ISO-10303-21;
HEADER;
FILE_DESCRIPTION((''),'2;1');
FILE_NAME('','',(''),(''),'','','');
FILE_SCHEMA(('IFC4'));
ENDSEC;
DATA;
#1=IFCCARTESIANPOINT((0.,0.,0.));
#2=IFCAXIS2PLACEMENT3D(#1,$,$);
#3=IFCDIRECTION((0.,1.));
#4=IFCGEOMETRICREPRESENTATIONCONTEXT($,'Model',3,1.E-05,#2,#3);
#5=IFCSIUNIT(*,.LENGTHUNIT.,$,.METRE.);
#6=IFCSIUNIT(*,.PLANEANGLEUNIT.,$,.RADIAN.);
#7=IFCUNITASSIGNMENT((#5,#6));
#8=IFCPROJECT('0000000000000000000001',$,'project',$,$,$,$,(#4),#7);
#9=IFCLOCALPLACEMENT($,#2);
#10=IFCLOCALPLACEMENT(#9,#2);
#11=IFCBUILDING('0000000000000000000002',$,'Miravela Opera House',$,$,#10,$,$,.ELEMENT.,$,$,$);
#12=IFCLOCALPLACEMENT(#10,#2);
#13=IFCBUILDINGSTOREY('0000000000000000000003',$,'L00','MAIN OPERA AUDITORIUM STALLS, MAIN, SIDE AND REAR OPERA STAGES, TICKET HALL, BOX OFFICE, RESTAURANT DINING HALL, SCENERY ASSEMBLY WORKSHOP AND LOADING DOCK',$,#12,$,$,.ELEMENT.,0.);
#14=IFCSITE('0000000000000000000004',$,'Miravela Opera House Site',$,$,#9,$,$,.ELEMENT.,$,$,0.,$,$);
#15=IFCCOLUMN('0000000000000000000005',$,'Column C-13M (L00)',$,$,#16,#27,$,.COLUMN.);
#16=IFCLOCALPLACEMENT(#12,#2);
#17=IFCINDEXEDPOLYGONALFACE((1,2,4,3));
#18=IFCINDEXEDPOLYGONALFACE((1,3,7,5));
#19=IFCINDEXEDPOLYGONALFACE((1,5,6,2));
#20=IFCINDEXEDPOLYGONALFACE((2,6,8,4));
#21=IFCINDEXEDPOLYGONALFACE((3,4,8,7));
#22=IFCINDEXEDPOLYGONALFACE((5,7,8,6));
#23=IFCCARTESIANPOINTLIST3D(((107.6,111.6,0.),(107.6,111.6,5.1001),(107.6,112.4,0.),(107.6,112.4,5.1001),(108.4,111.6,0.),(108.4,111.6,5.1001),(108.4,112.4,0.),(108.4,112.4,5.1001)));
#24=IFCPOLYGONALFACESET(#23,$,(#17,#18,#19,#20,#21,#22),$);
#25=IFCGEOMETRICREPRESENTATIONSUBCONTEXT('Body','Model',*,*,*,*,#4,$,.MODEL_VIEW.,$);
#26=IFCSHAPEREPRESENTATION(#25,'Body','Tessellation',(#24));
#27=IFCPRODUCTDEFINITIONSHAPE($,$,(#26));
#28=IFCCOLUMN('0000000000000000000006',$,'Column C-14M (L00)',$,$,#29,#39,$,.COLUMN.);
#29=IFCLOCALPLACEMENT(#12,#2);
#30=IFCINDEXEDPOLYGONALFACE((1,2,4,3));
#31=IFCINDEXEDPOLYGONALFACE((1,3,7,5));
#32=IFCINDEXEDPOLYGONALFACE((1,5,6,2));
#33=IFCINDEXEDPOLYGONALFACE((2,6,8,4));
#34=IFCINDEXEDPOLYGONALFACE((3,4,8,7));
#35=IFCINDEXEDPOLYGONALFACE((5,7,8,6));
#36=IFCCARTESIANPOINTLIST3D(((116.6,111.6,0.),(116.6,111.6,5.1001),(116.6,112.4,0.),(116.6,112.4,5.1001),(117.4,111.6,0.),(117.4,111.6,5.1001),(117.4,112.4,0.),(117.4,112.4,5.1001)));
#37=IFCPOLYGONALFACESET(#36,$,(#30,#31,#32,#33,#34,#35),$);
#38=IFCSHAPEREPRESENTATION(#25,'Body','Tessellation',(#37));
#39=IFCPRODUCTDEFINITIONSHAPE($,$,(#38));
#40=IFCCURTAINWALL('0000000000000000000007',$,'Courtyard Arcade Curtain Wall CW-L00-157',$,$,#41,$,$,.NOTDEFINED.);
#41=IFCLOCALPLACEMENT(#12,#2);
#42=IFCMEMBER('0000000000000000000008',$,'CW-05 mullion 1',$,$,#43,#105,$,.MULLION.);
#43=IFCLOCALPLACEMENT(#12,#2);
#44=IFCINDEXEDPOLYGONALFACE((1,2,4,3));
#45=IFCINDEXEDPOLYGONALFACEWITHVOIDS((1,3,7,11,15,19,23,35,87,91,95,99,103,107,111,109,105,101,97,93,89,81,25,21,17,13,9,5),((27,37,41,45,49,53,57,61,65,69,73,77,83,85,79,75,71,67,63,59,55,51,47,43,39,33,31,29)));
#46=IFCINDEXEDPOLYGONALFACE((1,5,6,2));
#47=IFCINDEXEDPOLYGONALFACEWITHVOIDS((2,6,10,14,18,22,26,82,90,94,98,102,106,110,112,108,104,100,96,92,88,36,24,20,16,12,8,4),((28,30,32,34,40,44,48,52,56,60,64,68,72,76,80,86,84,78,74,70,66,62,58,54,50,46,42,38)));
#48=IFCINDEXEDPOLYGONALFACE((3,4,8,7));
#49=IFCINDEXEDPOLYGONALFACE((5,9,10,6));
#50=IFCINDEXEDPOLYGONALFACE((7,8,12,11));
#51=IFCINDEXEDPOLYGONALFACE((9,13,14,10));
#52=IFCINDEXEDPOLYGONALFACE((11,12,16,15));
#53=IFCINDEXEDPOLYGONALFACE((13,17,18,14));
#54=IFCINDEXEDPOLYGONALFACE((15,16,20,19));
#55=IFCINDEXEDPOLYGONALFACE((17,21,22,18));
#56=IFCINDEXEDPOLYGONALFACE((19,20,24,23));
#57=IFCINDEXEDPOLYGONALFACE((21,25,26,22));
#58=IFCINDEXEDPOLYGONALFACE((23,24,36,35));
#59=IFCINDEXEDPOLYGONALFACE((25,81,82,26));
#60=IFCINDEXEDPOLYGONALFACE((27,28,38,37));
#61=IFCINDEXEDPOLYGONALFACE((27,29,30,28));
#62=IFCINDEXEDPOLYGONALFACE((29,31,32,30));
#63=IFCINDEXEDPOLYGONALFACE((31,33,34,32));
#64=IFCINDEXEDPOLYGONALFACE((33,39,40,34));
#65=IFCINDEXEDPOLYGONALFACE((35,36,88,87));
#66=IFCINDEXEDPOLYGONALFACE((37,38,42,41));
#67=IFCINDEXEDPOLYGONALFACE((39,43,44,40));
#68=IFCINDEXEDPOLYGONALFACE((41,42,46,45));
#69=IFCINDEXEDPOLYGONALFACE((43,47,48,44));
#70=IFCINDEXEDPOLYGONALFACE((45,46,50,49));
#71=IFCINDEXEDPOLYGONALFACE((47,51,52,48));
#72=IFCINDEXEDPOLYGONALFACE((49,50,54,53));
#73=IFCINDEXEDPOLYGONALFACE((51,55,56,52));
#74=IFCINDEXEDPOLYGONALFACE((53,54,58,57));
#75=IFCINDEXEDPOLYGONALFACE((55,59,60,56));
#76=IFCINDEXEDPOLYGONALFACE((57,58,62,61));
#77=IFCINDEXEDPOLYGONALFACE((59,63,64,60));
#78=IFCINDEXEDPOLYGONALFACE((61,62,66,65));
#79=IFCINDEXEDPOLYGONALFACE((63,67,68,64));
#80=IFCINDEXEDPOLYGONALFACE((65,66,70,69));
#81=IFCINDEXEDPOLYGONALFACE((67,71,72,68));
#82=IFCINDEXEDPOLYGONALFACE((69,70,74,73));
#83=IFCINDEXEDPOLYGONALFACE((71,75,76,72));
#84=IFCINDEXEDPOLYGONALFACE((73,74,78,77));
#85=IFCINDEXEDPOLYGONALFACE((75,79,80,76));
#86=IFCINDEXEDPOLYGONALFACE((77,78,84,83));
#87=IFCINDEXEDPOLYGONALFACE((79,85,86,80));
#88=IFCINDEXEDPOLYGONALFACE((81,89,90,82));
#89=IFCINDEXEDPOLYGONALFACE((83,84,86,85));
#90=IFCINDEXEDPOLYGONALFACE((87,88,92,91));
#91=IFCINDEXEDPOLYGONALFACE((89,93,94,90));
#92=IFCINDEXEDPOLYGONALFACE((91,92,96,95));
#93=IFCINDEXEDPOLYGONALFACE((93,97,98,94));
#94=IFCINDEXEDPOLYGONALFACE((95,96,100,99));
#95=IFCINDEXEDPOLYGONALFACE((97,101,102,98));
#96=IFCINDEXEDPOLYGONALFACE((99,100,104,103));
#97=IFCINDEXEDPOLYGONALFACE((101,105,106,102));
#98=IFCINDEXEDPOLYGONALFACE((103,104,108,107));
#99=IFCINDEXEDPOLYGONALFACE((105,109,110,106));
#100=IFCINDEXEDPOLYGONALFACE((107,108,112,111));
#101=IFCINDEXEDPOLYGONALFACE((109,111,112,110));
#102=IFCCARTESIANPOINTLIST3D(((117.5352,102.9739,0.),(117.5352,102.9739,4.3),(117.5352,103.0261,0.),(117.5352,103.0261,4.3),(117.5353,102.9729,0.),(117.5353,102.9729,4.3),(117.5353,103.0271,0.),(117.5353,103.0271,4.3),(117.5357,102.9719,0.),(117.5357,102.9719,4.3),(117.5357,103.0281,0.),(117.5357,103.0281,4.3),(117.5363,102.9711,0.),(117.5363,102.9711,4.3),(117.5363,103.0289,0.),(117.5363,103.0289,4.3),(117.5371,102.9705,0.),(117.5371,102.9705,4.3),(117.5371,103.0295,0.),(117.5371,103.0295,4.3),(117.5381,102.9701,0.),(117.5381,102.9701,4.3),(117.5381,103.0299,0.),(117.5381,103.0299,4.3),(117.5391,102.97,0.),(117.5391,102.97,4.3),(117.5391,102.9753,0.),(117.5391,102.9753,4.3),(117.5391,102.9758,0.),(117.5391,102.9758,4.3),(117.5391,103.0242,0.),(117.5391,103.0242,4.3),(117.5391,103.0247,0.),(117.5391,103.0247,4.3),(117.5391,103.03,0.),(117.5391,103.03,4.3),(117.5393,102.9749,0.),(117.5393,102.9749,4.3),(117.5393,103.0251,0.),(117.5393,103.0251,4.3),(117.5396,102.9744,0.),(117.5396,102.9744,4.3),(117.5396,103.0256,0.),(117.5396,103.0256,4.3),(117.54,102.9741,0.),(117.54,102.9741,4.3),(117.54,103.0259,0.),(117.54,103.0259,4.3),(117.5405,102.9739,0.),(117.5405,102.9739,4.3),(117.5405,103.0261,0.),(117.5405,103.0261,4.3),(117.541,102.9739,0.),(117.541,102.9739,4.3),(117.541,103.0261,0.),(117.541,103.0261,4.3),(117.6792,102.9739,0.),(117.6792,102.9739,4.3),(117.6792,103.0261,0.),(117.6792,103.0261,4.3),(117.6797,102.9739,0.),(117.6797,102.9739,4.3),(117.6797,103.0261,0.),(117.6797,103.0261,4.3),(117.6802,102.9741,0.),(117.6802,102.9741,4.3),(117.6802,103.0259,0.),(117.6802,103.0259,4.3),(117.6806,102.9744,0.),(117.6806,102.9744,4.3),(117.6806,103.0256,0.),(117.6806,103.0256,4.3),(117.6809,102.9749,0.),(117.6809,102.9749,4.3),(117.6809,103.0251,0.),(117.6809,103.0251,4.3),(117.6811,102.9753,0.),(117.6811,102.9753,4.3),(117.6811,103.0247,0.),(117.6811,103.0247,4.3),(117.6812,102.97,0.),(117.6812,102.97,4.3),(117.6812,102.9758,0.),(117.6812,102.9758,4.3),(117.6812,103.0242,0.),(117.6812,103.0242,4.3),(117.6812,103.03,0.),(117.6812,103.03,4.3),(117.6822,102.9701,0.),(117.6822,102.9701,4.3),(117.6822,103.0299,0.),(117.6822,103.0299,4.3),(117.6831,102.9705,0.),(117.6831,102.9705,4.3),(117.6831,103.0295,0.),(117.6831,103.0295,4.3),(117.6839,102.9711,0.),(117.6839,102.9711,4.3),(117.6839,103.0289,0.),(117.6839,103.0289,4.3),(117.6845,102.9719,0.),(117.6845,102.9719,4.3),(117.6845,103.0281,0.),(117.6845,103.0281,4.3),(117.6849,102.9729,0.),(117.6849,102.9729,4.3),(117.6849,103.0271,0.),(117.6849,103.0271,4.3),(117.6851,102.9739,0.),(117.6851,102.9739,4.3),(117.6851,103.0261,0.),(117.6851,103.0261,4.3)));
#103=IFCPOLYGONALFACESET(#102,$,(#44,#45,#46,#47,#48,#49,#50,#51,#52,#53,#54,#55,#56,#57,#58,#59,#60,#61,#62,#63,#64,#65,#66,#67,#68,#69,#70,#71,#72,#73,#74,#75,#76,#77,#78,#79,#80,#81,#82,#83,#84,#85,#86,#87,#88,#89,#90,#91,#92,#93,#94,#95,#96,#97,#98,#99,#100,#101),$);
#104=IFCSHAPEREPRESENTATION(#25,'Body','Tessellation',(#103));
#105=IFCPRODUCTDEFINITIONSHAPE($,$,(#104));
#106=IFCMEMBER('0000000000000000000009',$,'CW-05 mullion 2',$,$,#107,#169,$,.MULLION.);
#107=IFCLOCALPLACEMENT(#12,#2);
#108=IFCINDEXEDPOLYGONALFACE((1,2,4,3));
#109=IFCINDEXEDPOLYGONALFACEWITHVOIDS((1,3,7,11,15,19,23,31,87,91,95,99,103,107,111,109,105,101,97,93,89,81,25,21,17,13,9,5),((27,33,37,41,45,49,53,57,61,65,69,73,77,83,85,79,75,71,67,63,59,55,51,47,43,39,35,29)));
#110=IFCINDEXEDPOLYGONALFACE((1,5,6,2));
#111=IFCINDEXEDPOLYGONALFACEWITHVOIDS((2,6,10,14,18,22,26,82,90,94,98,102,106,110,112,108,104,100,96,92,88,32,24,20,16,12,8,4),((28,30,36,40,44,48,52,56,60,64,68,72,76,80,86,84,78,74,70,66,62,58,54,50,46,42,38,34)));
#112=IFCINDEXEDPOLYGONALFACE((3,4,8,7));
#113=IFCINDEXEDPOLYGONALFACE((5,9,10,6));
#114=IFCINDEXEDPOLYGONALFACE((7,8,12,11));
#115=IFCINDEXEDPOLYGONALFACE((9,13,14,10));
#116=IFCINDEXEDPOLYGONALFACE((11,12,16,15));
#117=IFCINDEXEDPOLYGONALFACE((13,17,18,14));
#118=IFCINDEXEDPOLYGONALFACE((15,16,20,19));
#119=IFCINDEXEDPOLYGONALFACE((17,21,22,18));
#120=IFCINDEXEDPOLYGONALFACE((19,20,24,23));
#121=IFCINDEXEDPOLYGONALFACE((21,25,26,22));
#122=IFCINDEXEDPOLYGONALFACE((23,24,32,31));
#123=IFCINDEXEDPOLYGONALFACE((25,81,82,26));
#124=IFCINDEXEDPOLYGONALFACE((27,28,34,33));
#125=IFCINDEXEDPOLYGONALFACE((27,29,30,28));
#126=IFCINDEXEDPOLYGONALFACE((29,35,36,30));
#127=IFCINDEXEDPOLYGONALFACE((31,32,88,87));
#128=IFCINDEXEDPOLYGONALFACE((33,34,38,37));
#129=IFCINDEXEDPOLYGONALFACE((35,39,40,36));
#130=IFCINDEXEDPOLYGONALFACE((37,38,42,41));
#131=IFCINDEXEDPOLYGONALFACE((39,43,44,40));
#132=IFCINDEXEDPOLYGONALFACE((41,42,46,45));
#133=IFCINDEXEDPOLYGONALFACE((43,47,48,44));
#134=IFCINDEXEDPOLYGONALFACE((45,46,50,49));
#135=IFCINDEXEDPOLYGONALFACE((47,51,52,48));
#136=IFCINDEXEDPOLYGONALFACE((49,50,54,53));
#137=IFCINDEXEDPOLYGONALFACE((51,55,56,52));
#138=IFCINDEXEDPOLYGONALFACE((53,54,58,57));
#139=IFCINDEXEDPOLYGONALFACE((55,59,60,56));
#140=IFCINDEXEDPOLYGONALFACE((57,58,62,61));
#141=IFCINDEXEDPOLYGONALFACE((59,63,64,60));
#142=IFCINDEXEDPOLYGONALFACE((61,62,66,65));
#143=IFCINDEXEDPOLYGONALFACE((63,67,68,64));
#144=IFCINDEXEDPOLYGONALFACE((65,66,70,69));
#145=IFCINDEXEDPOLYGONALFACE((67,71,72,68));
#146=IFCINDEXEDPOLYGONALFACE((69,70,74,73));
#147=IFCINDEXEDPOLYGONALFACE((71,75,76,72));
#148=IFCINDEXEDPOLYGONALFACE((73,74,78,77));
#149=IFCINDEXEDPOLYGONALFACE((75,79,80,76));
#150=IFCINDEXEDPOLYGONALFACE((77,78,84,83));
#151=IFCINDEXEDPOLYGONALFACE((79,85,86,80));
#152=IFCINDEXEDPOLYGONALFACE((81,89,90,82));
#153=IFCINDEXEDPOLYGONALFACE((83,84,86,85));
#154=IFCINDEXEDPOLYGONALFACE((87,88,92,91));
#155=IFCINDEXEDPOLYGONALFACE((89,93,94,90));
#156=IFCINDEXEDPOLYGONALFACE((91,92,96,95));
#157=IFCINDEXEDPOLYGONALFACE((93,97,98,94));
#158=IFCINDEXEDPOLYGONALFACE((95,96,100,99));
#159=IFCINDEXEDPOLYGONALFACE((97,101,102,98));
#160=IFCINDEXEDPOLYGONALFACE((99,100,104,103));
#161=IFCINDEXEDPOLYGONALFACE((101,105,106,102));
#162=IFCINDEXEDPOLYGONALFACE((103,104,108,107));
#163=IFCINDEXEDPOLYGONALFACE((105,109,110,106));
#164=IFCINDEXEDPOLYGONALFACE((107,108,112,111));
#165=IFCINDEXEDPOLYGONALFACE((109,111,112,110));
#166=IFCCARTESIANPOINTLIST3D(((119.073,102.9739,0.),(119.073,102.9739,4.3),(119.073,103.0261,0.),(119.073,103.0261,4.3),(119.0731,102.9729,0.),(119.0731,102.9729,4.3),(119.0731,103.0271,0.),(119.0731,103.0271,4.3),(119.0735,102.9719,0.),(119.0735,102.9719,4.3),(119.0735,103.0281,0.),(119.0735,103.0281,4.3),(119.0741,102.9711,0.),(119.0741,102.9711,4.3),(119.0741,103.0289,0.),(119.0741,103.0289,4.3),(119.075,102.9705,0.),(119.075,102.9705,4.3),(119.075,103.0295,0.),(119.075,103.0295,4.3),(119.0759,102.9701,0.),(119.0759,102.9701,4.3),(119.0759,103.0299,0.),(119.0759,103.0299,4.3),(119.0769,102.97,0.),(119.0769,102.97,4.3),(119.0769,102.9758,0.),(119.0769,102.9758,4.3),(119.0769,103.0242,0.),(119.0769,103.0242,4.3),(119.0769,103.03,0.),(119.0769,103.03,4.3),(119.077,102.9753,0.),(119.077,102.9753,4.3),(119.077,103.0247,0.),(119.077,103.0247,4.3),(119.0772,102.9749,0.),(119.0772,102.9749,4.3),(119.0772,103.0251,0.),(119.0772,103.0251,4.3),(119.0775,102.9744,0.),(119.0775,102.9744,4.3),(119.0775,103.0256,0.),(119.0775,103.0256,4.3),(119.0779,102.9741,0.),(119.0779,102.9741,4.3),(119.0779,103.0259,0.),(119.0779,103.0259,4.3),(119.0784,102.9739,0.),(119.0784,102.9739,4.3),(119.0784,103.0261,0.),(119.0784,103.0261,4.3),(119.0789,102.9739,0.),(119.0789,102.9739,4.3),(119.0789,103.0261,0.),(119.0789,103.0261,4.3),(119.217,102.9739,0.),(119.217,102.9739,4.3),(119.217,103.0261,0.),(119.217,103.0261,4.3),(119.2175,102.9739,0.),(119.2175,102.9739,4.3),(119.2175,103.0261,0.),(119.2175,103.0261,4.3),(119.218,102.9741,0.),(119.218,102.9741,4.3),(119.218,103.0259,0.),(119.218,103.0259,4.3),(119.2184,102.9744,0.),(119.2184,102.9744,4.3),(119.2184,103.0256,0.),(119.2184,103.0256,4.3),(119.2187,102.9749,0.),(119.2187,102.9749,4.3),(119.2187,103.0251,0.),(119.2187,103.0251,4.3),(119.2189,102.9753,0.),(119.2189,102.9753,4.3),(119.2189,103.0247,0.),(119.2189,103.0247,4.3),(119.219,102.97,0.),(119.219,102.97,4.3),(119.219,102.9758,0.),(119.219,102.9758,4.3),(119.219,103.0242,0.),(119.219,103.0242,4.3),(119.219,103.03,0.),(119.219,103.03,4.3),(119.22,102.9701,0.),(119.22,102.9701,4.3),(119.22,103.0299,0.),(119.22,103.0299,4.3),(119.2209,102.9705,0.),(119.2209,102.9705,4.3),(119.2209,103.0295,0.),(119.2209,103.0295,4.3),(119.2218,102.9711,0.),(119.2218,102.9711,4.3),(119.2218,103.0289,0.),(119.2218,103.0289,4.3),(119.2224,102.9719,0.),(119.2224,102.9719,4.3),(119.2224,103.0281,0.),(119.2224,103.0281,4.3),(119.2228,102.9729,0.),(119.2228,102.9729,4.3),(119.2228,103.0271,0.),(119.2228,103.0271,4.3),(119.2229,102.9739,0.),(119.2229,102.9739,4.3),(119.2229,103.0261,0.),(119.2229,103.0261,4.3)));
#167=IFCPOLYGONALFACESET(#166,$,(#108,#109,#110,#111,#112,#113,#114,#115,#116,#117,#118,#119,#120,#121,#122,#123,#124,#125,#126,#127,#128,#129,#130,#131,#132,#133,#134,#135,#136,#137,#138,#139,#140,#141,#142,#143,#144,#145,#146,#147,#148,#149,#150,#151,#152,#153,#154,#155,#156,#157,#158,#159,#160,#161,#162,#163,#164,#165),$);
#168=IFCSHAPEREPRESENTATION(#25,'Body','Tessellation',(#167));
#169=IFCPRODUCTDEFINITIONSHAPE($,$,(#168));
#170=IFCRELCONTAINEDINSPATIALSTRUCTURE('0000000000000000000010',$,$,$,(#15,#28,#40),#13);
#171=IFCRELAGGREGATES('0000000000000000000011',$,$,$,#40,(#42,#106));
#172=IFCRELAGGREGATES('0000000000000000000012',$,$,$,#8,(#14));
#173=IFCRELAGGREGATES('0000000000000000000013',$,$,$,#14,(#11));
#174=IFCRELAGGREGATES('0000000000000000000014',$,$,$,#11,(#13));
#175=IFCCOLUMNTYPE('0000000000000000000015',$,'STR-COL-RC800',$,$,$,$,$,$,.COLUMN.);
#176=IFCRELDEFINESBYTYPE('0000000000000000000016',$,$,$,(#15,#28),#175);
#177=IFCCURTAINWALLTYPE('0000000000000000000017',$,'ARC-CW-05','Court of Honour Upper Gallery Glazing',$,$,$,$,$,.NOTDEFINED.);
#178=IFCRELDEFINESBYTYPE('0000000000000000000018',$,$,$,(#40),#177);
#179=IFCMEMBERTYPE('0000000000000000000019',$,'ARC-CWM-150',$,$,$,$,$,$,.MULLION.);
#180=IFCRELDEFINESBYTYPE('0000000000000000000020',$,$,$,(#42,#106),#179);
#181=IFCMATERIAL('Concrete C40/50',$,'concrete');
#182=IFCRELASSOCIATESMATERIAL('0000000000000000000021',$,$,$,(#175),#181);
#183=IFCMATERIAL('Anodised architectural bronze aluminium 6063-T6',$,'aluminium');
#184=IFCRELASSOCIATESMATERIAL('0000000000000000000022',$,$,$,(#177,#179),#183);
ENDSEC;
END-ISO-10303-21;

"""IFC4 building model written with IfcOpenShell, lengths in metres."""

from ifc_helpers import new_model, si_unit, direction, frame, origin, origin_2d, place, context, subcontext, project, spatial, rectangle, hollow_rectangle, extrude, material, material_profile, profile_set, type_object, element, aggregate, save


model = new_model("IFC4")

# Units and contexts
model_context = context("Model", 3, precision=1e-05, world=origin(), true_north=direction((0.0, 1.0)))
body_context = subcontext(model_context, "Body", "Model", "MODEL_VIEW")
ifc_project = project(units=[si_unit("LENGTHUNIT", "METRE"), si_unit("PLANEANGLEUNIT", "RADIAN")], contexts=[model_context])

# Site, building, storey
site_placement = place(None, origin())
site = spatial("IfcSite", under=ifc_project, at=site_placement, Name="Miravela Opera House Site", CompositionType="ELEMENT", RefElevation=0.0)
building_placement = place(site_placement, origin())
building = spatial("IfcBuilding", under=site, at=building_placement, Name="Miravela Opera House", CompositionType="ELEMENT")
storey_placement = place(building_placement, origin())
storey = spatial("IfcBuildingStorey", under=building, at=storey_placement, Name="L00", Description="MAIN OPERA AUDITORIUM STALLS, MAIN, SIDE AND REAR OPERA STAGES, TICKET HALL, BOX OFFICE, RESTAURANT DINING HALL, SCENERY ASSEMBLY WORKSHOP AND LOADING DOCK", CompositionType="ELEMENT", Elevation=0.0)

# Columns
ifc_material_1 = material(Name="Concrete C40/50", Category="concrete")
ifc_material_profile_1 = material_profile(ifc_material_1, rectangle(XDim=0.8, YDim=0.8, at=origin_2d()), Name="RC-COL-800X800")
ifc_profile_set_1 = profile_set([ifc_material_profile_1])
column_type = type_object("IfcColumnType", Name="STR-COL-RC800", PredefinedType="COLUMN", material=ifc_profile_set_1)
for number, where, z_axis, x_axis, name in (
    (1, (108.0, 112.0, 0.0), (0.0, 0.0, 1.0), (1.0, 0.0, 0.0), "Column C-13M (L00)"),
    (2, (117.0, 112.0, 0.0), (0.0, 0.0, 1.0), (1.0, 0.0, 0.0), "Column C-14M (L00)"),
):
    element("IfcColumn", number, at=place(storey_placement, frame(where, z_axis=z_axis, x_axis=x_axis)), inside=storey, type_object=column_type, Name=name, PredefinedType="COLUMN", context=body_context, shape_type="SweptSolid", body=[
        extrude(rectangle(XDim=0.8, YDim=0.8, at=origin_2d()), origin(), (0.0, 0.0, 1.0), 5.1001),
    ])

# Curtain wall, members
ifc_material_2 = material(Name="Anodised architectural bronze aluminium 6063-T6", Category="aluminium")
curtain_wall_type = type_object("IfcCurtainWallType", Name="ARC-CW-05", Description="Court of Honour Upper Gallery Glazing", PredefinedType="NOTDEFINED", material=ifc_material_2)
curtain_wall_placement = place(storey_placement, origin())
curtain_wall = element("IfcCurtainWall", 3, at=curtain_wall_placement, inside=storey, type_object=curtain_wall_type, Name="Courtyard Arcade Curtain Wall CW-L00-157", PredefinedType="NOTDEFINED")
ifc_material_profile_2 = material_profile(ifc_material_2, hollow_rectangle(XDim=0.0601, YDim=0.1499, WallThickness=0.0039, InnerFilletRadius=0.002, OuterFilletRadius=0.0039, at=origin_2d()), Name="CWM-60X150")
ifc_profile_set_2 = profile_set([ifc_material_profile_2])
member_type_1 = type_object("IfcMemberType", Name="ARC-CWM-150", PredefinedType="MULLION", material=ifc_profile_set_2)
member_1_placement = place(storey_placement, frame((117.6101, 103.0, 0.0), z_axis=(0.0, 0.0, 1.0), x_axis=(0.0, 1.0, 0.0)))
member_1 = element("IfcMember", 4, at=member_1_placement, type_object=member_type_1, Name="CW-05 mullion 1", PredefinedType="MULLION", context=body_context, shape_type="SweptSolid", body=[
    extrude(hollow_rectangle(XDim=0.0601, YDim=0.1499, WallThickness=0.0039, InnerFilletRadius=0.002, OuterFilletRadius=0.0039, at=origin_2d()), origin(), (0.0, 0.0, 1.0), 4.3),
])
member_2_placement = place(storey_placement, frame((119.1479, 103.0, 0.0), z_axis=(0.0, 0.0, 1.0), x_axis=(0.0, 1.0, 0.0)))
member_2 = element("IfcMember", 5, at=member_2_placement, type_object=member_type_1, Name="CW-05 mullion 2", PredefinedType="MULLION", context=body_context, shape_type="SweptSolid", body=[
    extrude(hollow_rectangle(XDim=0.0601, YDim=0.1499, WallThickness=0.0039, InnerFilletRadius=0.002, OuterFilletRadius=0.0039, at=origin_2d()), origin(), (0.0, 0.0, 1.0), 4.3),
])

aggregate(curtain_wall, [member_1, member_2])

save(model, "model.ifc")
